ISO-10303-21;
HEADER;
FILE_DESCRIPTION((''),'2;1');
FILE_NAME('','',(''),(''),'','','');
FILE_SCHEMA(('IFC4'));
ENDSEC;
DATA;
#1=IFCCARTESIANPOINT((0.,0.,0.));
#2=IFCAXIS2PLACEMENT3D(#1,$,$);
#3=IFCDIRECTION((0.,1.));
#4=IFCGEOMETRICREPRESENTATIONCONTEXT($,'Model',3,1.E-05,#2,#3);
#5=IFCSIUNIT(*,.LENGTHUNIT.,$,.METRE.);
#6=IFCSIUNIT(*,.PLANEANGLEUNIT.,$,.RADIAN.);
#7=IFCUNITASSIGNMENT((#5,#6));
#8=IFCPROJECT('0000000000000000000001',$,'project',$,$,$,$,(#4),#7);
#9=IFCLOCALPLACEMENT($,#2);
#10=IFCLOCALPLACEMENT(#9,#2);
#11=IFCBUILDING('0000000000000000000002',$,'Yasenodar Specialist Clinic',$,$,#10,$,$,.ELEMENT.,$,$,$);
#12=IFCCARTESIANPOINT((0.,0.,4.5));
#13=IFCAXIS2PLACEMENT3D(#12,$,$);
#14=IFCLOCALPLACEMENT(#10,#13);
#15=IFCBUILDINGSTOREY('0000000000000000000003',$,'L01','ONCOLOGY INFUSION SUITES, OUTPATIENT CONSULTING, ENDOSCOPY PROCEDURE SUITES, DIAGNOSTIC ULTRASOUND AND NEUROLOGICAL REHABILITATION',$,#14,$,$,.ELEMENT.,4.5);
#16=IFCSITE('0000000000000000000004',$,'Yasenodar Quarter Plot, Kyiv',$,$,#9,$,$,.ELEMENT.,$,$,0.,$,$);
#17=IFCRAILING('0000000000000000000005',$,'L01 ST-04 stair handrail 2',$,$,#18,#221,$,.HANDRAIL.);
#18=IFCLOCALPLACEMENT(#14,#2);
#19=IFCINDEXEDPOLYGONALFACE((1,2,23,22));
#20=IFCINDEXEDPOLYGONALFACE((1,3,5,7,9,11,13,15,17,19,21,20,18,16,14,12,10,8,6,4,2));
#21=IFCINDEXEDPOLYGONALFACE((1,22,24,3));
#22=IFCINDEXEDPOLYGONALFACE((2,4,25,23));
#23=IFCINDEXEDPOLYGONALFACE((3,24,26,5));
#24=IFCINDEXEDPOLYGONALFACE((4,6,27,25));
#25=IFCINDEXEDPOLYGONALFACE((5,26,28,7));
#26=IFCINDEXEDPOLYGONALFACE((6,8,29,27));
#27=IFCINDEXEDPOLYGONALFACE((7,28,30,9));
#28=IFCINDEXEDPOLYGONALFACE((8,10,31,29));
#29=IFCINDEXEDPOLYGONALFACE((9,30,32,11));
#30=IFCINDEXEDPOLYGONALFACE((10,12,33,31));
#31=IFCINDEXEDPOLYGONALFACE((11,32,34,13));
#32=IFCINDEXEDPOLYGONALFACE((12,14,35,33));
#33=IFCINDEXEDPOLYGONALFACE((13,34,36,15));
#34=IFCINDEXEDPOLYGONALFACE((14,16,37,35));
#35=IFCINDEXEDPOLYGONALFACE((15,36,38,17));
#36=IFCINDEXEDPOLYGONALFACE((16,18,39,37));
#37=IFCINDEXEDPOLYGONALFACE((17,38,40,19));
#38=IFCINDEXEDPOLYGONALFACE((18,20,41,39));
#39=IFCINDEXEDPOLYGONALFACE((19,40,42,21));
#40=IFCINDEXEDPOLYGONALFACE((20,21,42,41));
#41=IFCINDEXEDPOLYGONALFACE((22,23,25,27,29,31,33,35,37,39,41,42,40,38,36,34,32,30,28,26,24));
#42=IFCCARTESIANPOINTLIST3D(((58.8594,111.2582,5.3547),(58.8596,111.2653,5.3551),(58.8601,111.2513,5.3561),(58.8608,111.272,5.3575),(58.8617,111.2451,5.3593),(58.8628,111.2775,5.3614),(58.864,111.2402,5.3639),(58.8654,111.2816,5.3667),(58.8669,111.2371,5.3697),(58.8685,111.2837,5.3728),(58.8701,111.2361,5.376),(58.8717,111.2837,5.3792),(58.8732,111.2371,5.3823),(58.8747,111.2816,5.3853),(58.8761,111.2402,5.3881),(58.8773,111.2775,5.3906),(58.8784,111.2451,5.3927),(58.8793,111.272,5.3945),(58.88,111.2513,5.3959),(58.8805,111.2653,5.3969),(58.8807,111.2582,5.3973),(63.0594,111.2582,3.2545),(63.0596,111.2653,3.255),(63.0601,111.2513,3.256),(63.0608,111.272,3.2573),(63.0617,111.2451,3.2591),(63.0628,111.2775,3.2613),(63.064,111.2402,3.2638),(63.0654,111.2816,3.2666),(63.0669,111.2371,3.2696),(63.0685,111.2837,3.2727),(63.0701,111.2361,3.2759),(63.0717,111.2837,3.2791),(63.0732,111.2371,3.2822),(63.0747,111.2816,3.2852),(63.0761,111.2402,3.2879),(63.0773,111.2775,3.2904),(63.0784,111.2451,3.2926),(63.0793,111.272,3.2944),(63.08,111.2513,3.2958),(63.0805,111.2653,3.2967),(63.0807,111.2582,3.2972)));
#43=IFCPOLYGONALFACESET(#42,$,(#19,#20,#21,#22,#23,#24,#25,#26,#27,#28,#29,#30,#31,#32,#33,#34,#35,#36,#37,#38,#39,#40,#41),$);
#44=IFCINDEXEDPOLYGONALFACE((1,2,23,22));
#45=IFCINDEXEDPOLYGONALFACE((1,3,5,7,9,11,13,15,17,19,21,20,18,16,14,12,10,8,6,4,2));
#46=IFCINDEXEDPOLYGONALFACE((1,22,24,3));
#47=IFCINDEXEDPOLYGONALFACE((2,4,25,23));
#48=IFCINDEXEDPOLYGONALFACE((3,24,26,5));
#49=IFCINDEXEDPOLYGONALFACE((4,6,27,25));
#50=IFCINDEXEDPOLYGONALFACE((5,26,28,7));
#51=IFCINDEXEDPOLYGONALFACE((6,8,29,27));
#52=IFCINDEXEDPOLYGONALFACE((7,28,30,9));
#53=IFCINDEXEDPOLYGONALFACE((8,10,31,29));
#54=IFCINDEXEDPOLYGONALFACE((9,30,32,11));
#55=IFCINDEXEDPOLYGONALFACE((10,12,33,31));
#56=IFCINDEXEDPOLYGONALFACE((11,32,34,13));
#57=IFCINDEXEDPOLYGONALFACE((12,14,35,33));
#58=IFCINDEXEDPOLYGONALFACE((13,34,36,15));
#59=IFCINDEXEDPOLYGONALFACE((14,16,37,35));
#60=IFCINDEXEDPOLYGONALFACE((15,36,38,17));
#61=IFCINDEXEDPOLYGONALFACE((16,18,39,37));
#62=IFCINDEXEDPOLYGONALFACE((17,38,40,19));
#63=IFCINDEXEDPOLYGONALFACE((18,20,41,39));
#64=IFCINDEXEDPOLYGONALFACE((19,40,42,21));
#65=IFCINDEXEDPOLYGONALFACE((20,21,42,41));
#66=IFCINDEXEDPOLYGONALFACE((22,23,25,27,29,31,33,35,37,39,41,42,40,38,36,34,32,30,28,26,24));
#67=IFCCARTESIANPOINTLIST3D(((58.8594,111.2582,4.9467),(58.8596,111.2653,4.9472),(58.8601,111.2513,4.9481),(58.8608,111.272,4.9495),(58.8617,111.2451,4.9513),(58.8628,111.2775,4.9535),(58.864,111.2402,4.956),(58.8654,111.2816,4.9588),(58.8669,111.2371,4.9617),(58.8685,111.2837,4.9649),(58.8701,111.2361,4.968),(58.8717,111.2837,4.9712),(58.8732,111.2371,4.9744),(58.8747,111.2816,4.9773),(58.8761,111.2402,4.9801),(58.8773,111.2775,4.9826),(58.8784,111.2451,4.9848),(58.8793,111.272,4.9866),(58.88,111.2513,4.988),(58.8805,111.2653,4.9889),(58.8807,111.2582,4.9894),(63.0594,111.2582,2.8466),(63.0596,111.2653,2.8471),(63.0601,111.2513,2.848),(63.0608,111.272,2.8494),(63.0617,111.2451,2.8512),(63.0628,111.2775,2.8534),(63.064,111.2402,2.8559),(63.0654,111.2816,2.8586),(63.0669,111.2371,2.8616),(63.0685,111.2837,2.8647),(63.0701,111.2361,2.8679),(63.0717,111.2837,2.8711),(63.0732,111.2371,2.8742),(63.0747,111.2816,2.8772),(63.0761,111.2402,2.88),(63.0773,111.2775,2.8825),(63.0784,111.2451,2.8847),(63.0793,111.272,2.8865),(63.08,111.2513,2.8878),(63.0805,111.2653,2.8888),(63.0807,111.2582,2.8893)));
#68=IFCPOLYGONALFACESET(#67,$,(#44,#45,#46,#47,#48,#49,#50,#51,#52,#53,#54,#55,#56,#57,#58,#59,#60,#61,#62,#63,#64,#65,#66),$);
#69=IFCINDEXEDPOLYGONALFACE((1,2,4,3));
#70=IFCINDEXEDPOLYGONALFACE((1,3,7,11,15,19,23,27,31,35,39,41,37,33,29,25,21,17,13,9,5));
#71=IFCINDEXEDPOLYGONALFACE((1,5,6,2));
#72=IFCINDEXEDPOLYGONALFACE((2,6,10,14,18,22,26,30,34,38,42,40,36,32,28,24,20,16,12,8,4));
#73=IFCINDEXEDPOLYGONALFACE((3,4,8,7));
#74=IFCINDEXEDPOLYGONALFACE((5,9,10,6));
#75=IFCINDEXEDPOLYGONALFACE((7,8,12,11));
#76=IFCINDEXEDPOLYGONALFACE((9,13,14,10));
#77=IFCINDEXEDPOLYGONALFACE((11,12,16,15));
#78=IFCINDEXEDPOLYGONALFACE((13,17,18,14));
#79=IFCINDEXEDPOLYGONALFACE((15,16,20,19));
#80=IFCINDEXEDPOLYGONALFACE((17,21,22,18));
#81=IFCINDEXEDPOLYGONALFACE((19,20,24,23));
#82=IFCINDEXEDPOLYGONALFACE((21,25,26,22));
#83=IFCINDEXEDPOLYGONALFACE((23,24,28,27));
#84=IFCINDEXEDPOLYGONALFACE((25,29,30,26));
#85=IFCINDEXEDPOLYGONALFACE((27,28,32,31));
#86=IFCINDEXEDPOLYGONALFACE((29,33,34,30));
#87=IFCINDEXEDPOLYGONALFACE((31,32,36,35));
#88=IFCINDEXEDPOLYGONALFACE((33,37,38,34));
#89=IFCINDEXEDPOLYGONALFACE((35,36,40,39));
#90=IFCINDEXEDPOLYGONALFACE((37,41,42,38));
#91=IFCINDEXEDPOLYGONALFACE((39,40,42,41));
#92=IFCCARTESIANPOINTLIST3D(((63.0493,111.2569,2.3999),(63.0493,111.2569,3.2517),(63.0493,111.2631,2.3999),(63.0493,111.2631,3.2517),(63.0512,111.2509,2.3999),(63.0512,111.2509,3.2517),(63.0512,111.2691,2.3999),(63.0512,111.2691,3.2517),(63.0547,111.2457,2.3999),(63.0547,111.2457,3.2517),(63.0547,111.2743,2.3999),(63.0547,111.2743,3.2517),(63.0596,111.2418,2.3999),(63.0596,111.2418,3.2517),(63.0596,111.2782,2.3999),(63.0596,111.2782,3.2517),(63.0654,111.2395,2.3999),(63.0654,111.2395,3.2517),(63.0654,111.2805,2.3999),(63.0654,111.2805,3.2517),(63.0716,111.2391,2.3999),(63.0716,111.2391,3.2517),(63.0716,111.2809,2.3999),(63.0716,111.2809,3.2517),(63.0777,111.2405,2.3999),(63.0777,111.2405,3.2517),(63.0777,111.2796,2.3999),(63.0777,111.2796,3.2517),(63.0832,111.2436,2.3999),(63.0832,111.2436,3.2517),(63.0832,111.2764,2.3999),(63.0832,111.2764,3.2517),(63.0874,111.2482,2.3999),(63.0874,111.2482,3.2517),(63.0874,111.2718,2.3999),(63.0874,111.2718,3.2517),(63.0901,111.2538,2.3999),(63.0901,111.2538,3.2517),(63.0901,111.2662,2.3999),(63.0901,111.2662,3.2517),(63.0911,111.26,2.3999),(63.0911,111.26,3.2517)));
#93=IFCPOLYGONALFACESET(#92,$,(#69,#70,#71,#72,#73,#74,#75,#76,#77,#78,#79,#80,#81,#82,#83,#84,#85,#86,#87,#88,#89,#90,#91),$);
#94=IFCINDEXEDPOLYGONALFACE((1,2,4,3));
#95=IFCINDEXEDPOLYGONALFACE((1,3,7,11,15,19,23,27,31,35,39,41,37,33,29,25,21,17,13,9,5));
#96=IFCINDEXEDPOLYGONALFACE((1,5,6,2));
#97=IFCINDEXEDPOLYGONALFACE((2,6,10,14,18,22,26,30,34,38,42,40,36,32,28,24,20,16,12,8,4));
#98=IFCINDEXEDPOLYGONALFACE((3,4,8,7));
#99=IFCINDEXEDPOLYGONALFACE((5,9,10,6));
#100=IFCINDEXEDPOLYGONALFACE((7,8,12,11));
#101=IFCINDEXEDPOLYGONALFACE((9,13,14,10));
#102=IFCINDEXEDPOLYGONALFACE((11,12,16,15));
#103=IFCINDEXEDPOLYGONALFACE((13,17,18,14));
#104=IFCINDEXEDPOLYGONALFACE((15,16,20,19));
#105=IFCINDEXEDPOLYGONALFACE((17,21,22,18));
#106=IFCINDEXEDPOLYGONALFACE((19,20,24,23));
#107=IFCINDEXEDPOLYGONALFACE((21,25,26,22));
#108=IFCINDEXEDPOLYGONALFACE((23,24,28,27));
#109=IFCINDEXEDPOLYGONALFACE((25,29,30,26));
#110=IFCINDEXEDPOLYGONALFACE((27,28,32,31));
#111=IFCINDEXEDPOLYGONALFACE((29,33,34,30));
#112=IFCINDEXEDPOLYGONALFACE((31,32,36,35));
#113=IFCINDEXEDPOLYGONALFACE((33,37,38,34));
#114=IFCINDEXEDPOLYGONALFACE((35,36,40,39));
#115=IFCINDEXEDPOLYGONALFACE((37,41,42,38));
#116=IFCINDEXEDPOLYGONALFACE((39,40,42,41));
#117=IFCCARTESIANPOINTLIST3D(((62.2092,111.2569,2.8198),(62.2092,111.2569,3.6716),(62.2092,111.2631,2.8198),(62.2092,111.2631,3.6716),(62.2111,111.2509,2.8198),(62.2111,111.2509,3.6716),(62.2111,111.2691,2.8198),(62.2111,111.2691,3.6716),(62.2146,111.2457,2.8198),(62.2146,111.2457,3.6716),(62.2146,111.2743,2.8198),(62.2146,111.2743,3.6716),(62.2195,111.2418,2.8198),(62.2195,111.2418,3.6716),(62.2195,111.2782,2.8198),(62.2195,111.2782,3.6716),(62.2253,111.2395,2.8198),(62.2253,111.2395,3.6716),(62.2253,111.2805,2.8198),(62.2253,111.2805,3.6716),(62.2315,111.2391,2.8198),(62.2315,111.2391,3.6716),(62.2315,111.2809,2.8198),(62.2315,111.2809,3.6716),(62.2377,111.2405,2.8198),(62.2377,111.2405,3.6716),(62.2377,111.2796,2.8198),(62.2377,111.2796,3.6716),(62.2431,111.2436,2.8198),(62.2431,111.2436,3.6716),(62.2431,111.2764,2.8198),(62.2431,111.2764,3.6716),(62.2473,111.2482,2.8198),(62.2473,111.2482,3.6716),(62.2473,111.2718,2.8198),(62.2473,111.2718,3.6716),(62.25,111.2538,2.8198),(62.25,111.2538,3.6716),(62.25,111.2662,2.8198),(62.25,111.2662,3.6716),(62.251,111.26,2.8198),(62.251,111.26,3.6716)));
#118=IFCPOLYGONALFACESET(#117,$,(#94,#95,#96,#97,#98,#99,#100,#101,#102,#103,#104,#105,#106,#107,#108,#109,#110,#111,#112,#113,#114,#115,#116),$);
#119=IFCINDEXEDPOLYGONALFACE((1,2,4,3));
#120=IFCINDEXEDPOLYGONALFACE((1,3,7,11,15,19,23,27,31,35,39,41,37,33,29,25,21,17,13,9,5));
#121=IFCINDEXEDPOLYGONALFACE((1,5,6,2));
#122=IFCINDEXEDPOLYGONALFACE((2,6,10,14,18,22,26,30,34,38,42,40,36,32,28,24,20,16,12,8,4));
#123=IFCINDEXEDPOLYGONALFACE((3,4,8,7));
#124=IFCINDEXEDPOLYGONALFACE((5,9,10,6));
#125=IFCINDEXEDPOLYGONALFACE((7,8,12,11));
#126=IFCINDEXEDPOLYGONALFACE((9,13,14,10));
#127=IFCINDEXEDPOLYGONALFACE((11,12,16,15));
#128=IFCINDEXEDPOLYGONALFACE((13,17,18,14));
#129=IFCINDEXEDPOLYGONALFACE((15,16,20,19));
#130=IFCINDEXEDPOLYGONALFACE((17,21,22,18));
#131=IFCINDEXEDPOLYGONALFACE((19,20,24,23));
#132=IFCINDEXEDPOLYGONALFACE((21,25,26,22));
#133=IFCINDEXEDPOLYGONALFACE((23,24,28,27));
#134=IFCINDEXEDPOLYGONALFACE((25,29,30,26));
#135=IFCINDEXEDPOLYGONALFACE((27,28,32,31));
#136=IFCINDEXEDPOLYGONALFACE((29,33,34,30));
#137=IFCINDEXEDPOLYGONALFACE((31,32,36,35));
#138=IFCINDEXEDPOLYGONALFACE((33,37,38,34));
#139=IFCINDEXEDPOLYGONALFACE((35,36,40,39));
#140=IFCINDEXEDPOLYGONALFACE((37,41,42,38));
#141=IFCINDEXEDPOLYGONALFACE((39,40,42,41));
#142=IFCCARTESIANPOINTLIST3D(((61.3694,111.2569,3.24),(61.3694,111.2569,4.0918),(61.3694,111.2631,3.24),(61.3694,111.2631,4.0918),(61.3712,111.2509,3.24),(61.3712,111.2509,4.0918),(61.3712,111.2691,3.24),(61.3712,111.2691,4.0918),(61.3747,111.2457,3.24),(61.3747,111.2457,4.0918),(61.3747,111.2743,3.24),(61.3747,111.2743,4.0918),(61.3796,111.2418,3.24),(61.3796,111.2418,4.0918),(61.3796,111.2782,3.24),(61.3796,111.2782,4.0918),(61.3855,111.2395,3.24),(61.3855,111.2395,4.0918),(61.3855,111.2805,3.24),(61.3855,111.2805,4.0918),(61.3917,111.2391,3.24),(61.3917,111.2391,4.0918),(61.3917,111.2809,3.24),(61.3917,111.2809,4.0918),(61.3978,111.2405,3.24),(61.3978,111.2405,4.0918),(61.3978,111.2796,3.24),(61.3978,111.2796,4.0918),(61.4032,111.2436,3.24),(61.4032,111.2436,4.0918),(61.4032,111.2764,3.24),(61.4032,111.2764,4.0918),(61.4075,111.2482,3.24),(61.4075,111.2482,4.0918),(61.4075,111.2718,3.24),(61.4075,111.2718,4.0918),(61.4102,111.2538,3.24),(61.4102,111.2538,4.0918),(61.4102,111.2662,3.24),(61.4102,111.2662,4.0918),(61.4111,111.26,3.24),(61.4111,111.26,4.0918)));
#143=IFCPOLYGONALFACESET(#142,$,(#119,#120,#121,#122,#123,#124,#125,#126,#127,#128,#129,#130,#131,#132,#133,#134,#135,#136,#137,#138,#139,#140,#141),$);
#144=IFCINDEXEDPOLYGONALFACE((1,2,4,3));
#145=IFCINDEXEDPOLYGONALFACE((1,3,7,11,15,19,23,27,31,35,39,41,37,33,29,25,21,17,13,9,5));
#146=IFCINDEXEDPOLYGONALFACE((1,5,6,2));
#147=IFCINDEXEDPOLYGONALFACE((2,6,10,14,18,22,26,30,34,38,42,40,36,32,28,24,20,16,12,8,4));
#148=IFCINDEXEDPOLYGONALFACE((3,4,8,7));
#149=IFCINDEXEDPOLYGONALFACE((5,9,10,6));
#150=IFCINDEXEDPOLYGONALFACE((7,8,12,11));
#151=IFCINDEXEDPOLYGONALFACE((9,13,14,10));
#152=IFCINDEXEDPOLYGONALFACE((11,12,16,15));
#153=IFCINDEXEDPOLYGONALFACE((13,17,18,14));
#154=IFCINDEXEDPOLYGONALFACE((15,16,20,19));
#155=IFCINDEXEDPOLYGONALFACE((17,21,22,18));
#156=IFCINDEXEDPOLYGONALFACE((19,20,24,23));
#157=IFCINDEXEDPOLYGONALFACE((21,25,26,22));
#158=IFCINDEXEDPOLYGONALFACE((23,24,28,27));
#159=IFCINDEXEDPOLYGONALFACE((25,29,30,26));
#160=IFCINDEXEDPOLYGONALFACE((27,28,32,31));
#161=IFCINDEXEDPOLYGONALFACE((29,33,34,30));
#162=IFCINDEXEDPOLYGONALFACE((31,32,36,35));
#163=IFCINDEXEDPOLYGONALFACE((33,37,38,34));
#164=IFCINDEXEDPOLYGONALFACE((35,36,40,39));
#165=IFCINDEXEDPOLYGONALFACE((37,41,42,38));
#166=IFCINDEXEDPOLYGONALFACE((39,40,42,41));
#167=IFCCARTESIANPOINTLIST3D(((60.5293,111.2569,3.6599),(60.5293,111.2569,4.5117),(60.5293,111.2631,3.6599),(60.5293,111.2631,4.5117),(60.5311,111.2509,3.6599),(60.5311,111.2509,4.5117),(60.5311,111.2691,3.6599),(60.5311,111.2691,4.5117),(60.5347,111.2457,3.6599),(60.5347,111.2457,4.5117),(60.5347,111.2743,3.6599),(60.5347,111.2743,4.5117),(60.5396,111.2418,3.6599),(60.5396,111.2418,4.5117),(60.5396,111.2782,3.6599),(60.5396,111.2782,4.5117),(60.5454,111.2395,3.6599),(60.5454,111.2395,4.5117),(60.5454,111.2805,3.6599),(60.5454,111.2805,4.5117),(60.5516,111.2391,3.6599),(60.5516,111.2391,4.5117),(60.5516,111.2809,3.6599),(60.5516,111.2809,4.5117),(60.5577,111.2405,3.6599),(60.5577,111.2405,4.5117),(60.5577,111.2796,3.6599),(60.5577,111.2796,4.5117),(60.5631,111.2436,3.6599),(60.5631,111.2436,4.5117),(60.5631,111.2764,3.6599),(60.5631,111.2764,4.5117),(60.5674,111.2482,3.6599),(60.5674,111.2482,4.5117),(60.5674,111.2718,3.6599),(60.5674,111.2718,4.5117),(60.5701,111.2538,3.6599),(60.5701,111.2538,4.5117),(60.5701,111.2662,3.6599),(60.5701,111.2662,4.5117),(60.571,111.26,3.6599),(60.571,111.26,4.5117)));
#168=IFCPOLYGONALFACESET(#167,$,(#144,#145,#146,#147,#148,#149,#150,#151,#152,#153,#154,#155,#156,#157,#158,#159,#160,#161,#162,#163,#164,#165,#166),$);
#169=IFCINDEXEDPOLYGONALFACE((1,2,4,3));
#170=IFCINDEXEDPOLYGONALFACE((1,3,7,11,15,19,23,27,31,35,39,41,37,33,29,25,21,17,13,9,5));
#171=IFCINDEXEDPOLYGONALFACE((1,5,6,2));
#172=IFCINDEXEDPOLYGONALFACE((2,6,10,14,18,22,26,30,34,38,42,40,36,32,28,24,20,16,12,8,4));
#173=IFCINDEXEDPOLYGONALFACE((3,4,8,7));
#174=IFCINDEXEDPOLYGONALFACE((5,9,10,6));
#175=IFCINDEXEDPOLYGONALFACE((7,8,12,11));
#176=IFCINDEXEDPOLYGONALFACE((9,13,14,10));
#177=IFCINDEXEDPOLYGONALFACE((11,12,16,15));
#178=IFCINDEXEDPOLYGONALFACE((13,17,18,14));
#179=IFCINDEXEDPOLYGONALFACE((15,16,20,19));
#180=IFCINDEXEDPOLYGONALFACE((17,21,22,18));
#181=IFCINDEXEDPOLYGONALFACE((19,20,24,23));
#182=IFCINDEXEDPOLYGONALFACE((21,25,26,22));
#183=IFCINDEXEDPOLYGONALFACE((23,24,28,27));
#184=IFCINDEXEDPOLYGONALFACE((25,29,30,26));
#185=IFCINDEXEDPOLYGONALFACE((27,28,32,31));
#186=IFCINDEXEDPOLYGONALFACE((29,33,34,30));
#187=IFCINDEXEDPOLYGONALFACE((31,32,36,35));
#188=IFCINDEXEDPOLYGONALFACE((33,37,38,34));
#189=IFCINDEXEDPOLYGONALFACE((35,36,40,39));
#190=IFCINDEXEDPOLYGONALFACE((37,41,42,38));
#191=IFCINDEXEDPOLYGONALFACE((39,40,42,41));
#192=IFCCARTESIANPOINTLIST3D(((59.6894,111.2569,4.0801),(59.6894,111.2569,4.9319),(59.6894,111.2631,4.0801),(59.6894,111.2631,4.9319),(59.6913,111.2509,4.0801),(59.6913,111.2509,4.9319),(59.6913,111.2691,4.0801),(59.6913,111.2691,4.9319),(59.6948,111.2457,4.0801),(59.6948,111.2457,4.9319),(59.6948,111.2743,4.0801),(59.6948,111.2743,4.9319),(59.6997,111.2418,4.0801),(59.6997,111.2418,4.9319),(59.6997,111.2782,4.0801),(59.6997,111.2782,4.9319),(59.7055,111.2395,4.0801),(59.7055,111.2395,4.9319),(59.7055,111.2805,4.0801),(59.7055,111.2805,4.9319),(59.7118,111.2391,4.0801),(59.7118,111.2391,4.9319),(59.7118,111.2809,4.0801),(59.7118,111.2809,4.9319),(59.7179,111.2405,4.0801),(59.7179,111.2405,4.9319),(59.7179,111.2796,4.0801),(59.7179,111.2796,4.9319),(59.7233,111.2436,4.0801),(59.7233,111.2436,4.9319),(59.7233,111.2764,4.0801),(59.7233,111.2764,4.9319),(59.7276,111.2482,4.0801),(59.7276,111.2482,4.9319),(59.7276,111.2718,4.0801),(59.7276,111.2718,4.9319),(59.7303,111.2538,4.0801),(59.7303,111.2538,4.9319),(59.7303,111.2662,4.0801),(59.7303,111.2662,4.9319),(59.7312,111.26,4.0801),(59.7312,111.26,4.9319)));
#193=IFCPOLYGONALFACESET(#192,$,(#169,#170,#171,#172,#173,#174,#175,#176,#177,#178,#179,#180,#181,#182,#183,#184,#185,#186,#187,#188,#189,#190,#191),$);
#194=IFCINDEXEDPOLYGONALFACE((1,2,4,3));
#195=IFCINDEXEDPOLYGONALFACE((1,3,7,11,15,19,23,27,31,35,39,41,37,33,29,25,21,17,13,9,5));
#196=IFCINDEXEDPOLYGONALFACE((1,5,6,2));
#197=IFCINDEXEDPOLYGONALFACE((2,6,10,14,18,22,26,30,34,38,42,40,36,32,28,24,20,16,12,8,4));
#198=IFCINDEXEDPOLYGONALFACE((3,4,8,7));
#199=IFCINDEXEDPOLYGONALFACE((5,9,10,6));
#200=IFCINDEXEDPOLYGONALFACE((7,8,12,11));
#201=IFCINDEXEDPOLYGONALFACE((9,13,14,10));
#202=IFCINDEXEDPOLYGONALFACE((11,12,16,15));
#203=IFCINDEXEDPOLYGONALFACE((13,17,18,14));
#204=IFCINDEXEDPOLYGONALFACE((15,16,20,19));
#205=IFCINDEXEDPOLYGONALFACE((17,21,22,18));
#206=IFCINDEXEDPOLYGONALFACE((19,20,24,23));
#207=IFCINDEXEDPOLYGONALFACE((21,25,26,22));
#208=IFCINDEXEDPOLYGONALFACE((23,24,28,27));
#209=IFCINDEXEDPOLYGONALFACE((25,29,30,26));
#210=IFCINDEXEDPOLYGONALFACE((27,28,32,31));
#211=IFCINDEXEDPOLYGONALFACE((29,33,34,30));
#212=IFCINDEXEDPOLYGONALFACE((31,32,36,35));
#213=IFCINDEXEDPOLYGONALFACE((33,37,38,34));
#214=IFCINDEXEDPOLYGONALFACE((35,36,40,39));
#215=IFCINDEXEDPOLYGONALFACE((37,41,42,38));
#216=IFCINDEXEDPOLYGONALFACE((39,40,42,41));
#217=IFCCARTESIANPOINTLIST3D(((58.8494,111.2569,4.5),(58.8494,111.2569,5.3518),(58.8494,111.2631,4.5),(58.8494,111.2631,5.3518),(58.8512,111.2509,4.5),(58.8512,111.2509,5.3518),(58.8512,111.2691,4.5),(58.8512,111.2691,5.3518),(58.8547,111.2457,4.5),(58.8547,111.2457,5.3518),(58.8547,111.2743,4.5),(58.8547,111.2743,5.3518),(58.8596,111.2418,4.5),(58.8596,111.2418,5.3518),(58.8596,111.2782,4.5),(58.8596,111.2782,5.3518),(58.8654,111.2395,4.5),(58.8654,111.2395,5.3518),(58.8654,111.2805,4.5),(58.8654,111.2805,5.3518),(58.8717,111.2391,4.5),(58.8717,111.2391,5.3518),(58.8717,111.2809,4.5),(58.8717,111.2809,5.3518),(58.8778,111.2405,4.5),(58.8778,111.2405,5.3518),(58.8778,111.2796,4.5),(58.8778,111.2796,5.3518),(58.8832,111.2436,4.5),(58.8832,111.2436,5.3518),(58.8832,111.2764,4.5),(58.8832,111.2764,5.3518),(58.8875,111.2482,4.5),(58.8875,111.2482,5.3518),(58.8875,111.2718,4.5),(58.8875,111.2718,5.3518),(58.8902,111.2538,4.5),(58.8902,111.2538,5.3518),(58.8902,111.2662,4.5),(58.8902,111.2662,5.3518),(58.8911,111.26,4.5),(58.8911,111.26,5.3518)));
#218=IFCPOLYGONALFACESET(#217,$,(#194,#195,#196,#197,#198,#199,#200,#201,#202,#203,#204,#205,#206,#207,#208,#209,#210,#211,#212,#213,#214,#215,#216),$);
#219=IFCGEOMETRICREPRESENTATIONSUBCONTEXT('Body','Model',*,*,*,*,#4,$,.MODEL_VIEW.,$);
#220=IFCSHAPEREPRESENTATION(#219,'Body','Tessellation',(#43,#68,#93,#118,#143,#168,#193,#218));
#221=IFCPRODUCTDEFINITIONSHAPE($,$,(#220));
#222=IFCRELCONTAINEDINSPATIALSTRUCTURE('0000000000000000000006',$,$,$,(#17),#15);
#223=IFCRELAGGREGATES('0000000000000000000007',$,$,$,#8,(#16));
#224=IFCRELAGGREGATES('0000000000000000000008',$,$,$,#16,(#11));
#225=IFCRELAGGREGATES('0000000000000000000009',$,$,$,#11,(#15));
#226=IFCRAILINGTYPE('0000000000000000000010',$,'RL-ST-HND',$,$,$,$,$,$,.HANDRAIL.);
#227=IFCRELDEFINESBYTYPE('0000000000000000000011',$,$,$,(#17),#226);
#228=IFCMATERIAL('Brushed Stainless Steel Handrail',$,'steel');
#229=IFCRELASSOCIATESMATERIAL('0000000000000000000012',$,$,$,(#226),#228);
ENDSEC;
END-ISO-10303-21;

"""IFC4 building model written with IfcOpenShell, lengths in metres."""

from ifc_helpers import new_model, si_unit, direction, frame, origin, origin_2d, place, context, subcontext, project, spatial, circle, extrude, material, type_object, element, save


model = new_model("IFC4")

# Units and contexts
model_context = context("Model", 3, precision=1e-05, world=origin(), true_north=direction((0.0, 1.0)))
body_context = subcontext(model_context, "Body", "Model", "MODEL_VIEW")
ifc_project = project(units=[si_unit("LENGTHUNIT", "METRE"), si_unit("PLANEANGLEUNIT", "RADIAN")], contexts=[model_context])

# Site, building, storey
site_placement = place(None, origin())
site = spatial("IfcSite", under=ifc_project, at=site_placement, Name="Yasenodar Quarter Plot, Kyiv", CompositionType="ELEMENT", RefElevation=0.0)
building_placement = place(site_placement, origin())
building = spatial("IfcBuilding", under=site, at=building_placement, Name="Yasenodar Specialist Clinic", CompositionType="ELEMENT")
storey_placement = place(building_placement, frame((0.0, 0.0, 4.5)))
storey = spatial("IfcBuildingStorey", under=building, at=storey_placement, Name="L01", Description="ONCOLOGY INFUSION SUITES, OUTPATIENT CONSULTING, ENDOSCOPY PROCEDURE SUITES, DIAGNOSTIC ULTRASOUND AND NEUROLOGICAL REHABILITATION", CompositionType="ELEMENT", Elevation=4.5)

# Railing
ifc_material_1 = material(Name="Brushed Stainless Steel Handrail", Category="steel")
railing_type_1 = type_object("IfcRailingType", Name="RL-ST-HND", PredefinedType="HANDRAIL", material=ifc_material_1)
railing_1_placement = place(storey_placement, frame((63.0701, 111.26, 2.3999)))
element("IfcRailing", 1, at=railing_1_placement, inside=storey, type_object=railing_type_1, Name="L01 ST-04 stair handrail 2", PredefinedType="HANDRAIL", context=body_context, shape_type="SweptSolid", body=[
    extrude(circle(Radius=0.0239, at=origin_2d()), frame((0.0, 0.0, 0.876), z_axis=(-0.894417, 0.0, 0.447234), x_axis=(0.0, -1.0, 0.0)), (0.0, 0.0, 1.0), 4.6958),
    extrude(circle(Radius=0.0239, at=origin_2d()), frame((0.0, 0.0, 0.468), z_axis=(-0.894417, 0.0, 0.447234), x_axis=(0.0, -1.0, 0.0)), (0.0, 0.0, 1.0), 4.6958),
    extrude(circle(Radius=0.021, at=origin_2d()), origin(), (0.0, 0.0, 1.0), 0.8518),
    extrude(circle(Radius=0.021, at=origin_2d()), frame((-0.8401, 0.0, 0.4199)), (0.0, 0.0, 1.0), 0.8518),
    extrude(circle(Radius=0.021, at=origin_2d()), frame((-1.6799, 0.0, 0.8401)), (0.0, 0.0, 1.0), 0.8518),
    extrude(circle(Radius=0.021, at=origin_2d()), frame((-2.52, 0.0, 1.26)), (0.0, 0.0, 1.0), 0.8518),
    extrude(circle(Radius=0.021, at=origin_2d()), frame((-3.3599, 0.0, 1.6802)), (0.0, 0.0, 1.0), 0.8518),
    extrude(circle(Radius=0.021, at=origin_2d()), frame((-4.2, 0.0, 2.1001)), (0.0, 0.0, 1.0), 0.8518),
])

save(model, "model.ifc")
